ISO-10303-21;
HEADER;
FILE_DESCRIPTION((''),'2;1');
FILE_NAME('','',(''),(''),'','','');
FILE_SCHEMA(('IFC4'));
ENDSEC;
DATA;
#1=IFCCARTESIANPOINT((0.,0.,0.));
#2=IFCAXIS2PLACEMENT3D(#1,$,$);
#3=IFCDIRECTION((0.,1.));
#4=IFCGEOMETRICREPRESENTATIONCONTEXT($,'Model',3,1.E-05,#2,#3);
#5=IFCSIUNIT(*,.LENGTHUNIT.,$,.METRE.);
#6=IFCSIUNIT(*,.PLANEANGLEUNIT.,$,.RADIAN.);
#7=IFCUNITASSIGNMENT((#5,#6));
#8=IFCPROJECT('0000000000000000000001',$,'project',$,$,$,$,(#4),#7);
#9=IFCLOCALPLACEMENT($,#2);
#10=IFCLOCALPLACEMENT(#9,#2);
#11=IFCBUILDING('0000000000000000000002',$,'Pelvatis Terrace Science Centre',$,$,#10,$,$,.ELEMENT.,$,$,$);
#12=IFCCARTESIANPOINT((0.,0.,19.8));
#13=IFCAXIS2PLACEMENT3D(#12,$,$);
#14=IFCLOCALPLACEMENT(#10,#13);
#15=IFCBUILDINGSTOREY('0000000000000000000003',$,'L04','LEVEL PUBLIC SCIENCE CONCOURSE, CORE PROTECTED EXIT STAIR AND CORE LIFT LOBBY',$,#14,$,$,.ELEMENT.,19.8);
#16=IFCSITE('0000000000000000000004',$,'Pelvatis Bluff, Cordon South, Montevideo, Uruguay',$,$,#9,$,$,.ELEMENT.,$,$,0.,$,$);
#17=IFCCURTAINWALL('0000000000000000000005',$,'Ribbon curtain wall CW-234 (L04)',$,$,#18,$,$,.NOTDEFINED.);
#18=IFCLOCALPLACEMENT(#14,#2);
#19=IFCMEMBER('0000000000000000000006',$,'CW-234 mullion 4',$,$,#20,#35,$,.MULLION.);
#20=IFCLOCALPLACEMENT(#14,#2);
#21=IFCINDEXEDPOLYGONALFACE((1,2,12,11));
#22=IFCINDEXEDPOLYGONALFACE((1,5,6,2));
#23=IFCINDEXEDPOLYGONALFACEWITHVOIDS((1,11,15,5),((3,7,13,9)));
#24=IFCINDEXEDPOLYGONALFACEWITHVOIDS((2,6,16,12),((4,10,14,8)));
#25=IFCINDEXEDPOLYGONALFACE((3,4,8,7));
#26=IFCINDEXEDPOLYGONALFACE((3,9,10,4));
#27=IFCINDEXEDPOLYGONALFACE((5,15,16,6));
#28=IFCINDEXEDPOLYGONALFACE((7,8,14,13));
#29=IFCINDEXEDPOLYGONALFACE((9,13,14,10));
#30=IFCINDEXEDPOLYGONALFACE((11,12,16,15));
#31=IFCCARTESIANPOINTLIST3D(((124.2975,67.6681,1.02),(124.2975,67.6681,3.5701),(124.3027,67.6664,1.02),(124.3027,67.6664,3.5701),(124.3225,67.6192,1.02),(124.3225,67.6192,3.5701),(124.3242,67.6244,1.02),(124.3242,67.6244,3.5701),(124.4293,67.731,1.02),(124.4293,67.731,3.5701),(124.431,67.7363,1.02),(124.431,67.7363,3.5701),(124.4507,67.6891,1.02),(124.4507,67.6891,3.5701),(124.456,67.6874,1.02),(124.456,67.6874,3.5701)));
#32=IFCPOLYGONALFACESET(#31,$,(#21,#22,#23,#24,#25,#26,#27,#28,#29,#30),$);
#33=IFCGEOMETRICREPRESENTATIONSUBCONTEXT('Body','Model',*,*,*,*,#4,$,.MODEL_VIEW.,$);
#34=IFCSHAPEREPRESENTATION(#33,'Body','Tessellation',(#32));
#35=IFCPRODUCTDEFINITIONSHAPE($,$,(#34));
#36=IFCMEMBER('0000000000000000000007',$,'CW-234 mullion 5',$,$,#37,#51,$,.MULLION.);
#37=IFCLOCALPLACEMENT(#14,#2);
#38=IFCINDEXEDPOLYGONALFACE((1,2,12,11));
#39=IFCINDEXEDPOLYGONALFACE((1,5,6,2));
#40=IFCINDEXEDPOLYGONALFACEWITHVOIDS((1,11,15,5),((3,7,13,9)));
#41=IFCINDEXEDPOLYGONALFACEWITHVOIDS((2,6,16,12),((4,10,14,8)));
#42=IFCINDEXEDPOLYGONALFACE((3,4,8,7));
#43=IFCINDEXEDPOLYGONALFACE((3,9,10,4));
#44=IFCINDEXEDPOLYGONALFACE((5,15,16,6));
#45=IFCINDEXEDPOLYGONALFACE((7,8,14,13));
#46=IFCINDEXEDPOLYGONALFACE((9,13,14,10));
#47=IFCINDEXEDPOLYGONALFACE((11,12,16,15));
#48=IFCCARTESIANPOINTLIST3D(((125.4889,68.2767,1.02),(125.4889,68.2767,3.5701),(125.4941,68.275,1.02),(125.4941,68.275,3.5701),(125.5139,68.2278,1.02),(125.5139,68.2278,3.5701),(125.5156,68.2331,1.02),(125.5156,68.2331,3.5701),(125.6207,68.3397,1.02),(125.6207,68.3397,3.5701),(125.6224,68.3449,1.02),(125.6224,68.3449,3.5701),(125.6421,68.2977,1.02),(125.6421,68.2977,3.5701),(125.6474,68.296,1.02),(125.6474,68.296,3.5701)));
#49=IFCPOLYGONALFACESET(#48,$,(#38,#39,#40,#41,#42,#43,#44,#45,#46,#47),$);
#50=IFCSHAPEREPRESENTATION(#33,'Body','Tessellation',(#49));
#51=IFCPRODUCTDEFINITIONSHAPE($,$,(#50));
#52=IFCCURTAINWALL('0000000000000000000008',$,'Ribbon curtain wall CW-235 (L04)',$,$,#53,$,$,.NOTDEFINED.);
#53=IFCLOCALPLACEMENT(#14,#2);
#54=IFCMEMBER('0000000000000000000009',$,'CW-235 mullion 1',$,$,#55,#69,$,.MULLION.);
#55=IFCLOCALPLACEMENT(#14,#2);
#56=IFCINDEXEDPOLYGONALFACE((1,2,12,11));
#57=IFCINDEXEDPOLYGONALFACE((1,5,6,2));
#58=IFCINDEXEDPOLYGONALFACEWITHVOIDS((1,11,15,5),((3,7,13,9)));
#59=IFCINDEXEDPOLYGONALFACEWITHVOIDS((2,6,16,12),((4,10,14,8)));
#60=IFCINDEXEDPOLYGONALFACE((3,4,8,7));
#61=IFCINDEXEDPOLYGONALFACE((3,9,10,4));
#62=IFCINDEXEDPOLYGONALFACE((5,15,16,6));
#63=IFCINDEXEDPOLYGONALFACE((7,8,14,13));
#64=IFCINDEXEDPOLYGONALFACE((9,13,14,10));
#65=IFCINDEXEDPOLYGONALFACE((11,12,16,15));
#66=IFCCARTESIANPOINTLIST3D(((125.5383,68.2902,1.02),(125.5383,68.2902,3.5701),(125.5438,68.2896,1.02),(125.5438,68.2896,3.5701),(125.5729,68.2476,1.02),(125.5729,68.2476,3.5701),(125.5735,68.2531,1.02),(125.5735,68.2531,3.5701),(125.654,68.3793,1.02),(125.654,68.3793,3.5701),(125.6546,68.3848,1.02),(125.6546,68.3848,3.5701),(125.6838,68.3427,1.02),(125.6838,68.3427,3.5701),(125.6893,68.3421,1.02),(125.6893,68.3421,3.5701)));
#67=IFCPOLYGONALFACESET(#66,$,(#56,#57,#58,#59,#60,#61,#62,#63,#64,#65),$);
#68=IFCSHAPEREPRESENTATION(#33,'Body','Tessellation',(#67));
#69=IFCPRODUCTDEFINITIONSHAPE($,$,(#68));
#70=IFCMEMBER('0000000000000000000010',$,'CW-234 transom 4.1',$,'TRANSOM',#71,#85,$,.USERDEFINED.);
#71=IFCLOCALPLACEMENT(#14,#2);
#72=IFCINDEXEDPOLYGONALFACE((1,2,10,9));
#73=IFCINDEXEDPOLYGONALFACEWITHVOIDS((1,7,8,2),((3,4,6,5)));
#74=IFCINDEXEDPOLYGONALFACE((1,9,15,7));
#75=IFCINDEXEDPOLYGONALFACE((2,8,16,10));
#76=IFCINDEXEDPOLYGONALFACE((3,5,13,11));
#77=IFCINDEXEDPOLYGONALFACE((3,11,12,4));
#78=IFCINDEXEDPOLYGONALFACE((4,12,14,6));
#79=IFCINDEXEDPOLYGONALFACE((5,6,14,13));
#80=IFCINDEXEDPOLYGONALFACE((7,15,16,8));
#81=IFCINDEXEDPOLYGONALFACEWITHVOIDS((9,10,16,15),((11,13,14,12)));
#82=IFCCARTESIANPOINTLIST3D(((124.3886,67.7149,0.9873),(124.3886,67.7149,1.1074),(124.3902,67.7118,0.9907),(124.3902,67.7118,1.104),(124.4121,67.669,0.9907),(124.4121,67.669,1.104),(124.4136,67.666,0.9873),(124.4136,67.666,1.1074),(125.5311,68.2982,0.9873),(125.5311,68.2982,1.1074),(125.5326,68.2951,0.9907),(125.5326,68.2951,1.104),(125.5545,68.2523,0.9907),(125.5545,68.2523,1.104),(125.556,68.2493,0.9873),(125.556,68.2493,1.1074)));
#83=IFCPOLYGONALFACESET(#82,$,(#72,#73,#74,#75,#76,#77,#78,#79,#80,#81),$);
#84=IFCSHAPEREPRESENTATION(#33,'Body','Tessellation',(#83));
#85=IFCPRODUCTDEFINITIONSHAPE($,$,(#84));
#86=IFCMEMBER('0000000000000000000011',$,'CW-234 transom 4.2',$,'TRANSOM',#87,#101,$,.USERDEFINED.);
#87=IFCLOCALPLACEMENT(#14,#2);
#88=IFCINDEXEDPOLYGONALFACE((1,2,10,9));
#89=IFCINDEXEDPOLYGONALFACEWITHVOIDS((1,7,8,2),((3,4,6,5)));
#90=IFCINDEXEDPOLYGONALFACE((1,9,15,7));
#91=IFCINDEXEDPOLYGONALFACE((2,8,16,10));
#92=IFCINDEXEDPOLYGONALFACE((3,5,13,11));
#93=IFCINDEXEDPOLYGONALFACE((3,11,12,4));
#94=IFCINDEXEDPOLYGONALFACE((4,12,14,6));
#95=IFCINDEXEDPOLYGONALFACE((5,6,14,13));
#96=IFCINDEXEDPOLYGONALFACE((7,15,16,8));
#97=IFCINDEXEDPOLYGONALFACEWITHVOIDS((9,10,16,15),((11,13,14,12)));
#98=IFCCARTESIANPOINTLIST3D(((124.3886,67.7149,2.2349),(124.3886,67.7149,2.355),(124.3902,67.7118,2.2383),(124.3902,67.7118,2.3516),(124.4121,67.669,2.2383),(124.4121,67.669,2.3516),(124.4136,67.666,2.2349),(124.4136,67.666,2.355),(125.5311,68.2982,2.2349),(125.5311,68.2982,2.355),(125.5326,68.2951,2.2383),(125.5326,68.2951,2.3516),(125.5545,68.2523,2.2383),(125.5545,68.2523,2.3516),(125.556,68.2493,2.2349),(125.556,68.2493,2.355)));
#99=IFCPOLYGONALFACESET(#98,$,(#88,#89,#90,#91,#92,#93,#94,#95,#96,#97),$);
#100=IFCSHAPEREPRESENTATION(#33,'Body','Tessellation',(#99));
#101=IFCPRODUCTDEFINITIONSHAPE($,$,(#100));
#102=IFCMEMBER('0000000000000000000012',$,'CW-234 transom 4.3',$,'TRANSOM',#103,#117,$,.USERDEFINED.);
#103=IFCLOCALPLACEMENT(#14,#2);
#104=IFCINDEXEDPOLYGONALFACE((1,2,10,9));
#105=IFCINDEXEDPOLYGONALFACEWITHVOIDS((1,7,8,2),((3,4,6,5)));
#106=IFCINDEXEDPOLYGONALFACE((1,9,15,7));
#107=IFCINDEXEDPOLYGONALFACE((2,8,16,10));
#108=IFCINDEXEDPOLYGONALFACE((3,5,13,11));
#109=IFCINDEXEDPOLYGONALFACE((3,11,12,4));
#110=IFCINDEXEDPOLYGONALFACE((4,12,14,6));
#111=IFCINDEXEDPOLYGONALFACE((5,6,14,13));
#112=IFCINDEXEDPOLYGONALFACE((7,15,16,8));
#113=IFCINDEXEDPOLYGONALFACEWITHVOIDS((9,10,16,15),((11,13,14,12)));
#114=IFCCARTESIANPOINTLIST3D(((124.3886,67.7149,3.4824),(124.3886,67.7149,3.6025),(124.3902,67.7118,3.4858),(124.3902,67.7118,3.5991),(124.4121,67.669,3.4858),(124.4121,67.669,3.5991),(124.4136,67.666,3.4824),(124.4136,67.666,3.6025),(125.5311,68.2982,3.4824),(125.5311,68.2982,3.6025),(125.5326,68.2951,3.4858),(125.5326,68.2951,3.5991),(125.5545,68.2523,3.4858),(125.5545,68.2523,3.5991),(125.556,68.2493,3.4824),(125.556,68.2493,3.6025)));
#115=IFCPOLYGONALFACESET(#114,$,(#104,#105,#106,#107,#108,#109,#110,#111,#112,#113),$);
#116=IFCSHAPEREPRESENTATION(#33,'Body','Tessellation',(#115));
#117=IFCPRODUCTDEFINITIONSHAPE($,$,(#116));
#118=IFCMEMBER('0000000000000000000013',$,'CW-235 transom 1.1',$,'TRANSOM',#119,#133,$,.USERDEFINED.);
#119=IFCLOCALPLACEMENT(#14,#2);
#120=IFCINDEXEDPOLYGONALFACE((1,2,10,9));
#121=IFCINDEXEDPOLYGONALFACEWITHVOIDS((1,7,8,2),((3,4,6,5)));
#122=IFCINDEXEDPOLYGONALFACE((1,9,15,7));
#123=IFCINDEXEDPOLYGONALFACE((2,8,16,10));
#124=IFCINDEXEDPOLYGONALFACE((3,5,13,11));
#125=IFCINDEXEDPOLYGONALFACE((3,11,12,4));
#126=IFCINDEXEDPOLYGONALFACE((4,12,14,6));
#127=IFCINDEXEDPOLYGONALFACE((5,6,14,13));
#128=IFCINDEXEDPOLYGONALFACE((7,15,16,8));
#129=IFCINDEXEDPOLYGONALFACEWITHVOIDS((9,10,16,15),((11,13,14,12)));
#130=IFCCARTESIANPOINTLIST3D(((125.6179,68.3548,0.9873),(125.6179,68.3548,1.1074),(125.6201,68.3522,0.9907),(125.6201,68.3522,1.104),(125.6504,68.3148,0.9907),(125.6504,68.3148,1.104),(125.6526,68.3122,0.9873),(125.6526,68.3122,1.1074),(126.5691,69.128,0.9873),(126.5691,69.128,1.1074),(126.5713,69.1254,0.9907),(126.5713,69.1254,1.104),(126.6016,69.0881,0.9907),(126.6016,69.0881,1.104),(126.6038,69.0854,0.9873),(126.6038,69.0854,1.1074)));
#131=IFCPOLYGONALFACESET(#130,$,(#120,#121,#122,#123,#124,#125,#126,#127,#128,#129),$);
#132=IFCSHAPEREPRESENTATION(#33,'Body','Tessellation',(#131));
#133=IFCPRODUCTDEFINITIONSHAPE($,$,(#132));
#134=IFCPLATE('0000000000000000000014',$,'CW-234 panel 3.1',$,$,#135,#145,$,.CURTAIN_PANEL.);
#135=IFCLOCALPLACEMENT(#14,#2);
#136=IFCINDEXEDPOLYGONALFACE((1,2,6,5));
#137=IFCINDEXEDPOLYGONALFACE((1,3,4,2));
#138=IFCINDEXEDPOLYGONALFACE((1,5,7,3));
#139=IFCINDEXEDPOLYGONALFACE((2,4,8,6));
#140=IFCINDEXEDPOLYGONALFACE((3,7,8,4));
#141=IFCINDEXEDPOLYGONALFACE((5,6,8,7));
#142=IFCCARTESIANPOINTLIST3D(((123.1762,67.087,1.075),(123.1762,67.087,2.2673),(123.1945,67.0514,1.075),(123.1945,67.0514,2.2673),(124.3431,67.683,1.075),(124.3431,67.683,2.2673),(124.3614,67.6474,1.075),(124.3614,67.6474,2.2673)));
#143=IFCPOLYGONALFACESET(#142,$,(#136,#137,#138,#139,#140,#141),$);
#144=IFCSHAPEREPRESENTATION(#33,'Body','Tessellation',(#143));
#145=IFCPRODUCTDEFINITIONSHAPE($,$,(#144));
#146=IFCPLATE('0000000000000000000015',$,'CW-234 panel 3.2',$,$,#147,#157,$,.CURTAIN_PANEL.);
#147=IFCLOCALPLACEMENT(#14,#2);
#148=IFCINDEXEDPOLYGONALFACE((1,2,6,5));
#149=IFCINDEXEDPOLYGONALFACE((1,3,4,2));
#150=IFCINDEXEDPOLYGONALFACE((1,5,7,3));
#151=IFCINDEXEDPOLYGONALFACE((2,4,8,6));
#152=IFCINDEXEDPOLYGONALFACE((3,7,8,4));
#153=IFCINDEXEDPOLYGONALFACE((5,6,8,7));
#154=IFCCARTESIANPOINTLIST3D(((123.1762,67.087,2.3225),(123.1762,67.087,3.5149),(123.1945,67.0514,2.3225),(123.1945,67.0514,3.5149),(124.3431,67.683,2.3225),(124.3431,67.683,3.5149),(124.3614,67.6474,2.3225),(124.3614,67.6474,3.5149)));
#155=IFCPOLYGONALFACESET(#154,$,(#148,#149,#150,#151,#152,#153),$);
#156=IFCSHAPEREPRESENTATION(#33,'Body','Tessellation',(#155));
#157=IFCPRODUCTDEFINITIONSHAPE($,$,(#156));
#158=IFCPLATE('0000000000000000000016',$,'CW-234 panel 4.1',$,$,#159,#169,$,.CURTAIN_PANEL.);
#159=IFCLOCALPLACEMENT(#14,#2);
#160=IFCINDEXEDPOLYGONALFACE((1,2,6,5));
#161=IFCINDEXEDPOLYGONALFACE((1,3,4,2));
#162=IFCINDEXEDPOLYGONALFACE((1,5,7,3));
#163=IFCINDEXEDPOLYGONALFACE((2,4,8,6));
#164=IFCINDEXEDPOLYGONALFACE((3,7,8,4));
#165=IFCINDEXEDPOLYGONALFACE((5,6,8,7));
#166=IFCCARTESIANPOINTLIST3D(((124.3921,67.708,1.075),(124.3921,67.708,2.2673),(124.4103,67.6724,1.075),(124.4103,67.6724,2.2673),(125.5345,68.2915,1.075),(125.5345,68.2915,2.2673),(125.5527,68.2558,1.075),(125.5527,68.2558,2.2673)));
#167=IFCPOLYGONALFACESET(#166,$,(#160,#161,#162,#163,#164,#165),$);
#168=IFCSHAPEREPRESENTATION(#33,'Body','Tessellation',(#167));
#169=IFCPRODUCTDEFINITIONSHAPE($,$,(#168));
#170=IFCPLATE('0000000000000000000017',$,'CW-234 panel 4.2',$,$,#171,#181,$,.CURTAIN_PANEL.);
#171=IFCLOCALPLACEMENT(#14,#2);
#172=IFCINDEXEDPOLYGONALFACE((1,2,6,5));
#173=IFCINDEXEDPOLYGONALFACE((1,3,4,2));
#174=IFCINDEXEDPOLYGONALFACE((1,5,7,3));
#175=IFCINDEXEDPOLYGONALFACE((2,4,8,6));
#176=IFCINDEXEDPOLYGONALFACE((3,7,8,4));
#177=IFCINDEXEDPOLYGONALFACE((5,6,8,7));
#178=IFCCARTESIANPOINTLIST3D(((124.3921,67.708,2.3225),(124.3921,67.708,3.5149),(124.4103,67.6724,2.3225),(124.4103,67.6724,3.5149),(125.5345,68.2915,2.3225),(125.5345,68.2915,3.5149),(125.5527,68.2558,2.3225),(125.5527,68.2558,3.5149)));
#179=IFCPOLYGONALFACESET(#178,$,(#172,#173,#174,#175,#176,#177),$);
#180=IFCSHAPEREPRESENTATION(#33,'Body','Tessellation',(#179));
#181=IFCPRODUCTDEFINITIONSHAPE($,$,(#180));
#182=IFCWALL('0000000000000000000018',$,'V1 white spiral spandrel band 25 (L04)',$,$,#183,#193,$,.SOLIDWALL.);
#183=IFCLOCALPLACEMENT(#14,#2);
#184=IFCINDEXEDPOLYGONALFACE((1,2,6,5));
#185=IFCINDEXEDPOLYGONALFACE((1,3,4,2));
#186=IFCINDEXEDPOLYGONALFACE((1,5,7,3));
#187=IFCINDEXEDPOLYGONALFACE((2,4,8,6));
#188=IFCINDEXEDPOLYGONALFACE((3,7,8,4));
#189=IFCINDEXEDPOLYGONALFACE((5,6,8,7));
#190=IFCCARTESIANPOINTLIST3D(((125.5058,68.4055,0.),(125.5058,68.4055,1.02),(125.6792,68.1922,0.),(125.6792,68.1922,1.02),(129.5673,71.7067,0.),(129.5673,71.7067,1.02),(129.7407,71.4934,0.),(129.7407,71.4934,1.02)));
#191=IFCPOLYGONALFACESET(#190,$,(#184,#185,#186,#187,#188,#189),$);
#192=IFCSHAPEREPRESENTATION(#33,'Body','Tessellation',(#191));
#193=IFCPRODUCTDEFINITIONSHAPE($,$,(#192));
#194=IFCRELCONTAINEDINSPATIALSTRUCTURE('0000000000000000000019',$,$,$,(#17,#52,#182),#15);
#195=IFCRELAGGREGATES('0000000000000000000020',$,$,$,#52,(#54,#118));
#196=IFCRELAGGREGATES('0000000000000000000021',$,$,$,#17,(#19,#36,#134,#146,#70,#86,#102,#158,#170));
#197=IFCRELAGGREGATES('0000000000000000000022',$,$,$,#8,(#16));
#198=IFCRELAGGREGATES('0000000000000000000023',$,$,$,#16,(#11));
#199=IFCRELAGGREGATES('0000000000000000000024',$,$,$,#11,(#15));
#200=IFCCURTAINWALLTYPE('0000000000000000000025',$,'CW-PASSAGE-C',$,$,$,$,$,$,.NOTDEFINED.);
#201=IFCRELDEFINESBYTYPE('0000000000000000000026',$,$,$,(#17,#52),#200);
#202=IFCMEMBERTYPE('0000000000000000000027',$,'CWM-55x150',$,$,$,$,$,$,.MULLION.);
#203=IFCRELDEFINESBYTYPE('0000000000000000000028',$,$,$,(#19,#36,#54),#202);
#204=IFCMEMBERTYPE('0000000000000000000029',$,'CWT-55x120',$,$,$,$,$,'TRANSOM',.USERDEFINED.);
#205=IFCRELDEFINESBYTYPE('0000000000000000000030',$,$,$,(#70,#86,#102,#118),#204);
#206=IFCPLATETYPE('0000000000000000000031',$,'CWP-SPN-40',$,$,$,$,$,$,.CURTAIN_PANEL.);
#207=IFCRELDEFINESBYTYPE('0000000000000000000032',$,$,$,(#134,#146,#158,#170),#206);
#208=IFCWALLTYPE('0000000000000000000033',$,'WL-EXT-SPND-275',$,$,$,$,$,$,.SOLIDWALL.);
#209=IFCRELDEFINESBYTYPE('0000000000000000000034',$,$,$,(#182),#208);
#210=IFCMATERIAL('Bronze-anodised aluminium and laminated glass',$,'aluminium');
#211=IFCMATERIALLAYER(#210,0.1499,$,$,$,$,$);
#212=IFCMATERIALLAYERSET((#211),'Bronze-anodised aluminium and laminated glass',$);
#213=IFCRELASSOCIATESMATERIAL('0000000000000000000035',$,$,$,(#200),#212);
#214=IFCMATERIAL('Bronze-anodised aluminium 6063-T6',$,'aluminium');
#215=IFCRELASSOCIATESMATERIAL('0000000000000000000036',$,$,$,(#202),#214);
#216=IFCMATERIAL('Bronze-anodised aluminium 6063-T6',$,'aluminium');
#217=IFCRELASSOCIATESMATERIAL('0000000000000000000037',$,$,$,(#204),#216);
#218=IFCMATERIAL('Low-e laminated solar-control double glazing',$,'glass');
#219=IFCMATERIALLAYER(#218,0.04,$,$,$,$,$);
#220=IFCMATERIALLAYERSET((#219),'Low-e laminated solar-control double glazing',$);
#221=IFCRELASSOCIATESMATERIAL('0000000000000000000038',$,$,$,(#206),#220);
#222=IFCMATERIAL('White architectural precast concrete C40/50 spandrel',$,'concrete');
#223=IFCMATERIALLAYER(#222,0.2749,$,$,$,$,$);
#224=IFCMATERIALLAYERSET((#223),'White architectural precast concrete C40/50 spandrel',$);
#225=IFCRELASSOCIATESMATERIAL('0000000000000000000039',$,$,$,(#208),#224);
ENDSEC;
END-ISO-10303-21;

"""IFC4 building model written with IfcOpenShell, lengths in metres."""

from ifc_helpers import new_model, si_unit, direction, frame, frame_2d, origin, origin_2d, place, context, subcontext, project, spatial, rectangle, hollow_rectangle, extrude, material, layer, layer_set, material_profile, profile_set, type_object, element, aggregate, save


model = new_model("IFC4")

# Units and contexts
model_context = context("Model", 3, precision=1e-05, world=origin(), true_north=direction((0.0, 1.0)))
body_context = subcontext(model_context, "Body", "Model", "MODEL_VIEW")
ifc_project = project(units=[si_unit("LENGTHUNIT", "METRE"), si_unit("PLANEANGLEUNIT", "RADIAN")], contexts=[model_context])

# Site, building, storey
site_placement = place(None, origin())
site = spatial("IfcSite", under=ifc_project, at=site_placement, Name="Pelvatis Bluff, Cordon South, Montevideo, Uruguay", CompositionType="ELEMENT", RefElevation=0.0)
building_placement = place(site_placement, origin())
building = spatial("IfcBuilding", under=site, at=building_placement, Name="Pelvatis Terrace Science Centre", CompositionType="ELEMENT")
storey_placement = place(building_placement, frame((0.0, 0.0, 19.8)))
storey = spatial("IfcBuildingStorey", under=building, at=storey_placement, Name="L04", Description="LEVEL PUBLIC SCIENCE CONCOURSE, CORE PROTECTED EXIT STAIR AND CORE LIFT LOBBY", CompositionType="ELEMENT", Elevation=19.8)

# Curtain wall, members
ifc_material_1 = material(Name="Bronze-anodised aluminium and laminated glass", Category="aluminium")
ifc_layer_1 = layer(ifc_material_1, 0.1499)
ifc_layer_set_1 = layer_set([ifc_layer_1], Name="Bronze-anodised aluminium and laminated glass")
curtain_wall_type = type_object("IfcCurtainWallType", Name="CW-PASSAGE-C", PredefinedType="NOTDEFINED", material=ifc_layer_set_1)
curtain_wall_1_placement = place(storey_placement, origin())
curtain_wall_1 = element("IfcCurtainWall", 1, at=curtain_wall_1_placement, inside=storey, type_object=curtain_wall_type, Name="Ribbon curtain wall CW-234 (L04)", PredefinedType="NOTDEFINED")
ifc_material_2 = material(Name="Bronze-anodised aluminium 6063-T6", Category="aluminium")
ifc_material_profile_1 = material_profile(ifc_material_2, hollow_rectangle(XDim=0.0549, YDim=0.1499, WallThickness=0.0039, at=origin_2d()), Name="ALU-MUL 55x150")
ifc_profile_set_1 = profile_set([ifc_material_profile_1], Name="Bronze-anodised aluminium 6063-T6")
member_type_1 = type_object("IfcMemberType", Name="CWM-55x150", PredefinedType="MULLION", material=ifc_profile_set_1)
member_1_placement = place(storey_placement, frame((124.3767, 67.6777, 1.02), z_axis=(0.0, 0.0, 1.0), x_axis=(-0.454859, 0.890564, 0.0)))
member_1 = element("IfcMember", 2, at=member_1_placement, type_object=member_type_1, Name="CW-234 mullion 4", PredefinedType="MULLION", context=body_context, shape_type="SweptSolid", body=[
    extrude(hollow_rectangle(XDim=0.0549, YDim=0.1499, WallThickness=0.0039, at=origin_2d()), origin(), (0.0, 0.0, 1.0), 2.55),
])
member_2_placement = place(storey_placement, frame((125.5681, 68.2864, 1.02), z_axis=(0.0, 0.0, 1.0), x_axis=(-0.454859, 0.890564, 0.0)))
member_2 = element("IfcMember", 3, at=member_2_placement, type_object=member_type_1, Name="CW-234 mullion 5", PredefinedType="MULLION", context=body_context, shape_type="SweptSolid", body=[
    extrude(hollow_rectangle(XDim=0.0549, YDim=0.1499, WallThickness=0.0039, at=origin_2d()), origin(), (0.0, 0.0, 1.0), 2.55),
])

# Curtain wall, member
curtain_wall_2_placement = place(storey_placement, origin())
curtain_wall_2 = element("IfcCurtainWall", 4, at=curtain_wall_2_placement, inside=storey, type_object=curtain_wall_type, Name="Ribbon curtain wall CW-235 (L04)", PredefinedType="NOTDEFINED")
member_3_placement = place(storey_placement, frame((125.6138, 68.3162, 1.02), z_axis=(0.0, 0.0, 1.0), x_axis=(-0.630757, 0.77598, 0.0)))
member_3 = element("IfcMember", 5, at=member_3_placement, type_object=member_type_1, Name="CW-235 mullion 1", PredefinedType="MULLION", context=body_context, shape_type="SweptSolid", body=[
    extrude(hollow_rectangle(XDim=0.0549, YDim=0.1499, WallThickness=0.0039, at=origin_2d()), origin(), (0.0, 0.0, 1.0), 2.55),
])

# Members
ifc_material_3 = material(Name="Bronze-anodised aluminium 6063-T6", Category="aluminium")
ifc_material_profile_2 = material_profile(ifc_material_3, hollow_rectangle(XDim=0.0549, YDim=0.1201, WallThickness=0.0034, at=origin_2d()), Name="ALU-TRN 55x120")
ifc_profile_set_2 = profile_set([ifc_material_profile_2], Name="Bronze-anodised aluminium 6063-T6")
member_type_2 = type_object("IfcMemberType", Name="CWT-55x120", ElementType="TRANSOM", PredefinedType="USERDEFINED", material=ifc_profile_set_2)
member_4_placement = place(storey_placement, frame((124.4011, 67.6904, 1.0474), z_axis=(0.890627, 0.454735, 0.0), x_axis=(-0.454735, 0.890627, 0.0)))
member_4 = element("IfcMember", 6, at=member_4_placement, type_object=member_type_2, Name="CW-234 transom 4.1", ObjectType="TRANSOM", PredefinedType="USERDEFINED", context=body_context, shape_type="SweptSolid", body=[
    extrude(hollow_rectangle(XDim=0.0549, YDim=0.1201, WallThickness=0.0034, at=origin_2d()), origin(), (0.0, 0.0, 1.0), 1.2827),
])
member_5_placement = place(storey_placement, frame((124.4011, 67.6904, 2.2949), z_axis=(0.890627, 0.454735, 0.0), x_axis=(-0.454735, 0.890627, 0.0)))
member_5 = element("IfcMember", 7, at=member_5_placement, type_object=member_type_2, Name="CW-234 transom 4.2", ObjectType="TRANSOM", PredefinedType="USERDEFINED", context=body_context, shape_type="SweptSolid", body=[
    extrude(hollow_rectangle(XDim=0.0549, YDim=0.1201, WallThickness=0.0034, at=origin_2d()), origin(), (0.0, 0.0, 1.0), 1.2827),
])
member_6_placement = place(storey_placement, frame((124.4011, 67.6904, 3.5425), z_axis=(0.890627, 0.454735, 0.0), x_axis=(-0.454735, 0.890627, 0.0)))
member_6 = element("IfcMember", 8, at=member_6_placement, type_object=member_type_2, Name="CW-234 transom 4.3", ObjectType="TRANSOM", PredefinedType="USERDEFINED", context=body_context, shape_type="SweptSolid", body=[
    extrude(hollow_rectangle(XDim=0.0549, YDim=0.1201, WallThickness=0.0034, at=origin_2d()), origin(), (0.0, 0.0, 1.0), 1.2827),
])
member_7_placement = place(storey_placement, frame((125.6353, 68.3335, 1.0474), z_axis=(0.775968, 0.630773, 0.0), x_axis=(-0.630773, 0.775968, 0.0)))
member_7 = element("IfcMember", 9, at=member_7_placement, type_object=member_type_2, Name="CW-235 transom 1.1", ObjectType="TRANSOM", PredefinedType="USERDEFINED", context=body_context, shape_type="SweptSolid", body=[
    extrude(hollow_rectangle(XDim=0.0549, YDim=0.1201, WallThickness=0.0034, at=origin_2d()), origin(), (0.0, 0.0, 1.0), 1.2258),
])
aggregate(curtain_wall_2, [member_3, member_7])

# Plates
ifc_material_4 = material(Name="Low-e laminated solar-control double glazing", Category="glass")
ifc_layer_2 = layer(ifc_material_4, 0.04)
ifc_layer_set_2 = layer_set([ifc_layer_2], Name="Low-e laminated solar-control double glazing")
plate_type = type_object("IfcPlateType", Name="CWP-SPN-40", PredefinedType="CURTAIN_PANEL", material=ifc_layer_set_2)
plate_1_placement = place(storey_placement, frame((123.7688, 67.3672, 1.075), z_axis=(0.0, 0.0, 1.0), x_axis=(0.890564, 0.454859, 0.0)))
plate_1 = element("IfcPlate", 10, at=plate_1_placement, type_object=plate_type, Name="CW-234 panel 3.1", PredefinedType="CURTAIN_PANEL", context=body_context, shape_type="SweptSolid", body=[
    extrude(rectangle(XDim=1.3103, YDim=0.04, at=origin_2d()), origin(), (0.0, 0.0, 1.0), 1.1924),
])
plate_2_placement = place(storey_placement, frame((123.7688, 67.3672, 2.3225), z_axis=(0.0, 0.0, 1.0), x_axis=(0.890564, 0.454859, 0.0)))
plate_2 = element("IfcPlate", 11, at=plate_2_placement, type_object=plate_type, Name="CW-234 panel 3.2", PredefinedType="CURTAIN_PANEL", context=body_context, shape_type="SweptSolid", body=[
    extrude(rectangle(XDim=1.3103, YDim=0.04, at=origin_2d()), origin(), (0.0, 0.0, 1.0), 1.1924),
])
plate_3_placement = place(storey_placement, frame((124.9724, 67.9819, 1.075), z_axis=(0.0, 0.0, 1.0), x_axis=(0.890564, 0.454859, 0.0)))
plate_3 = element("IfcPlate", 12, at=plate_3_placement, type_object=plate_type, Name="CW-234 panel 4.1", PredefinedType="CURTAIN_PANEL", context=body_context, shape_type="SweptSolid", body=[
    extrude(rectangle(XDim=1.2827, YDim=0.04, at=origin_2d()), origin(), (0.0, 0.0, 1.0), 1.1924),
])
plate_4_placement = place(storey_placement, frame((124.9724, 67.9819, 2.3225), z_axis=(0.0, 0.0, 1.0), x_axis=(0.890564, 0.454859, 0.0)))
plate_4 = element("IfcPlate", 13, at=plate_4_placement, type_object=plate_type, Name="CW-234 panel 4.2", PredefinedType="CURTAIN_PANEL", context=body_context, shape_type="SweptSolid", body=[
    extrude(rectangle(XDim=1.2827, YDim=0.04, at=origin_2d()), origin(), (0.0, 0.0, 1.0), 1.1924),
])
aggregate(curtain_wall_1, [member_1, member_2, plate_1, plate_2, member_4, member_5, member_6, plate_3, plate_4])

# Wall
ifc_material_5 = material(Name="White architectural precast concrete C40/50 spandrel", Category="concrete")
ifc_layer_3 = layer(ifc_material_5, 0.2749)
ifc_layer_set_3 = layer_set([ifc_layer_3], Name="White architectural precast concrete C40/50 spandrel")
wall_type_1 = type_object("IfcWallType", Name="WL-EXT-SPND-275", PredefinedType="SOLIDWALL", material=ifc_layer_set_3)
wall_1_placement = place(storey_placement, frame((125.5925, 68.2988, 0.0), z_axis=(0.0, 0.0, 1.0), x_axis=(0.775994, 0.63074, 0.0)))
element("IfcWall", 14, at=wall_1_placement, inside=storey, type_object=wall_type_1, Name="V1 white spiral spandrel band 25 (L04)", PredefinedType="SOLIDWALL", context=body_context, shape_type="SweptSolid", body=[
    extrude(rectangle(XDim=5.2339, YDim=0.2749, at=frame_2d((2.6169, 0.0))), origin(), (0.0, 0.0, 1.0), 1.02),
])

save(model, "model.ifc")
